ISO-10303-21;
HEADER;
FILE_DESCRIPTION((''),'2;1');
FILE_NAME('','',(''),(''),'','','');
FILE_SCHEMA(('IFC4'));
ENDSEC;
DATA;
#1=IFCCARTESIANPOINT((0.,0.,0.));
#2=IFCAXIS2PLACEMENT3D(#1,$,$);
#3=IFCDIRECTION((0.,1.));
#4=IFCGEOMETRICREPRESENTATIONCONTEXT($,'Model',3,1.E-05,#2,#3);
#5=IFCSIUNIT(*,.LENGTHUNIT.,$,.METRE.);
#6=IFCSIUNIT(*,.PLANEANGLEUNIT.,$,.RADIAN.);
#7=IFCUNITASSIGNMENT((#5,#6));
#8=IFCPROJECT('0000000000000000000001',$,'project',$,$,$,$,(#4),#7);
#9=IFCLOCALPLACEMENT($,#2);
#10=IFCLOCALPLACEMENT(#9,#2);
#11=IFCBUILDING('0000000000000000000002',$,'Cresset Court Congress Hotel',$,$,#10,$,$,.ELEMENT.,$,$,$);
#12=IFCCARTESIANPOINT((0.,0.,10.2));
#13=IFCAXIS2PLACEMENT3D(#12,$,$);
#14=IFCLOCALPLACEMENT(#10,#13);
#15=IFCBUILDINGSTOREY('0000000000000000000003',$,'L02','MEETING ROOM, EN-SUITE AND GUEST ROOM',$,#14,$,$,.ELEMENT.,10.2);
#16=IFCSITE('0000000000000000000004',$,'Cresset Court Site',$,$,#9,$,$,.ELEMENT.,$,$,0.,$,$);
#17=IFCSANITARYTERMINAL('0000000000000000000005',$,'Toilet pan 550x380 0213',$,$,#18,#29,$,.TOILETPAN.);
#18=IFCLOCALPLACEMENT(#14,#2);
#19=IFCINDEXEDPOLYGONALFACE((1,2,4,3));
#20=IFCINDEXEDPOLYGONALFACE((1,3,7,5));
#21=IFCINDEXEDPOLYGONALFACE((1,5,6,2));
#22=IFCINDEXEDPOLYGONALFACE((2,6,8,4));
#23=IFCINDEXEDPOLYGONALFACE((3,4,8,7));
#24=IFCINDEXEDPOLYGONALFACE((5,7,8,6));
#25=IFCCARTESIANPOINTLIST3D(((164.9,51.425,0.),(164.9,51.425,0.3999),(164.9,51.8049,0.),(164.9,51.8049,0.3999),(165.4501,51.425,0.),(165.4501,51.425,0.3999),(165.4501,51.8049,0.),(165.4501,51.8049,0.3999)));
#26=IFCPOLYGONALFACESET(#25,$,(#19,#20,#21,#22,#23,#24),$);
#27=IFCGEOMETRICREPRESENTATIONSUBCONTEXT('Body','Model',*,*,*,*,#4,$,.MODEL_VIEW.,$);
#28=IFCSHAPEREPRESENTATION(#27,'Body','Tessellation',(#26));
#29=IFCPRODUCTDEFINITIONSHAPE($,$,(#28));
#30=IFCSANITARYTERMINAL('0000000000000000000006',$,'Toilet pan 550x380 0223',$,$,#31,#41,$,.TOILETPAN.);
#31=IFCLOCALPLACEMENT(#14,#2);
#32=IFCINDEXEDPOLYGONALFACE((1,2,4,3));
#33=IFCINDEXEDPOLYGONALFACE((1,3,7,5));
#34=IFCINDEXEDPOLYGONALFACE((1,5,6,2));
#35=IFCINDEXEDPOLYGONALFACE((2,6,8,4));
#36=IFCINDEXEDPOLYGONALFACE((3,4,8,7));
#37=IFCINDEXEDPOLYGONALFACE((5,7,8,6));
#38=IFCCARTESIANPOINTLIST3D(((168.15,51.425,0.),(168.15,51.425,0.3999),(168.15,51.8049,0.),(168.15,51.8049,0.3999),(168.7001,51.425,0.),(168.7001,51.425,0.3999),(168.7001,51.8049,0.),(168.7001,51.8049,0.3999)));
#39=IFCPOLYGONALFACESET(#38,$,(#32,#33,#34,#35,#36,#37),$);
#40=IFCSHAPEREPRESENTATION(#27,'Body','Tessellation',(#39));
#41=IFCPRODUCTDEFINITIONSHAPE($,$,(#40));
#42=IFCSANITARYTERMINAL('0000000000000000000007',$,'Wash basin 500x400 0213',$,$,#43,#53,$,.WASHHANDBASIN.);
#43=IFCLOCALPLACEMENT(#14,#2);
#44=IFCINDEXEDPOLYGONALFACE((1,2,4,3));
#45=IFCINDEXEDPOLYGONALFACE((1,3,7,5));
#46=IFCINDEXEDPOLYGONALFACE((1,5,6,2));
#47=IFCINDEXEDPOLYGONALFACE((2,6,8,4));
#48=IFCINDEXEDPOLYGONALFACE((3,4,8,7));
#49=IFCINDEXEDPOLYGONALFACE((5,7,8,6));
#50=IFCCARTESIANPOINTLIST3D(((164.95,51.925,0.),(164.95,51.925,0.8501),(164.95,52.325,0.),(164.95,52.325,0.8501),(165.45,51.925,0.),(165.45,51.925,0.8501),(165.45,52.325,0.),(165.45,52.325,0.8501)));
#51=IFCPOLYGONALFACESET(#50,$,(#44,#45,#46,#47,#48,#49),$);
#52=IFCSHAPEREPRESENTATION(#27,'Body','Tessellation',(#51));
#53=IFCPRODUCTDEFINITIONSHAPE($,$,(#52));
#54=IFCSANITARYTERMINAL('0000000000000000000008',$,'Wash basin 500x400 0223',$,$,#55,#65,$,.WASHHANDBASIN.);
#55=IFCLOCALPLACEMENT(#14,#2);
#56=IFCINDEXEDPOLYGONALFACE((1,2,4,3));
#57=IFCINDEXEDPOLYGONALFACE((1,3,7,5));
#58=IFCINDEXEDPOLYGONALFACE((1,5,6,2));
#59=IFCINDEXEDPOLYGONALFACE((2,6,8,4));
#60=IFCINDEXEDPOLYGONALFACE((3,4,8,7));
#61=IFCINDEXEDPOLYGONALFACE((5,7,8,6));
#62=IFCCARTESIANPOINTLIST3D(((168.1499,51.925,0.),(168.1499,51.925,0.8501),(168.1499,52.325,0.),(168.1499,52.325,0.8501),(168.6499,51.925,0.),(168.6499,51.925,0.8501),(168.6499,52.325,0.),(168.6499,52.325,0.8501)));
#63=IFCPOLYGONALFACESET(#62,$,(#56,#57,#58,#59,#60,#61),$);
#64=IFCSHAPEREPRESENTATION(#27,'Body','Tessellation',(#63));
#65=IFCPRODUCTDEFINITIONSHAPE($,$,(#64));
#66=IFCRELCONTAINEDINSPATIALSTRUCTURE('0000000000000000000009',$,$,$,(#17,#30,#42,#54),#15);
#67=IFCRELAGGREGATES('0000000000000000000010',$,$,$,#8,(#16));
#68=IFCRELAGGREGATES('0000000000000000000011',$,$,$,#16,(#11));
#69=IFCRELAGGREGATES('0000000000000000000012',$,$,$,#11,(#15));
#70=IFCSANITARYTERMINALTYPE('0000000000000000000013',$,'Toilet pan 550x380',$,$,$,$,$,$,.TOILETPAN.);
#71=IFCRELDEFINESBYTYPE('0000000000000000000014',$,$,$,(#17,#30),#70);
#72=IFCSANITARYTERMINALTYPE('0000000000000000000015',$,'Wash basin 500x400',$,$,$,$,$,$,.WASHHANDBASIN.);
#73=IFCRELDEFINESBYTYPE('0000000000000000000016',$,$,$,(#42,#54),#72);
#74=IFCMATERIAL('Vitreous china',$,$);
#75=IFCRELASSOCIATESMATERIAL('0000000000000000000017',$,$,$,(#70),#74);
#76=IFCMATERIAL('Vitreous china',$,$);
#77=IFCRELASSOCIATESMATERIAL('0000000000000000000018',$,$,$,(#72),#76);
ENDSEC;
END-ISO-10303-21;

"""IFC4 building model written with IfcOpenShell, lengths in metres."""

from ifc_helpers import new_model, si_unit, direction, frame, origin, origin_2d, place, context, subcontext, project, spatial, rectangle, extrude, material, type_object, element, save


model = new_model("IFC4")

# Units and contexts
model_context = context("Model", 3, precision=1e-05, world=origin(), true_north=direction((0.0, 1.0)))
body_context = subcontext(model_context, "Body", "Model", "MODEL_VIEW")
ifc_project = project(units=[si_unit("LENGTHUNIT", "METRE"), si_unit("PLANEANGLEUNIT", "RADIAN")], contexts=[model_context])

# Site, building, storey
site_placement = place(None, origin())
site = spatial("IfcSite", under=ifc_project, at=site_placement, Name="Cresset Court Site", CompositionType="ELEMENT", RefElevation=0.0)
building_placement = place(site_placement, origin())
building = spatial("IfcBuilding", under=site, at=building_placement, Name="Cresset Court Congress Hotel", CompositionType="ELEMENT")
storey_placement = place(building_placement, frame((0.0, 0.0, 10.2)))
storey = spatial("IfcBuildingStorey", under=building, at=storey_placement, Name="L02", Description="MEETING ROOM, EN-SUITE AND GUEST ROOM", CompositionType="ELEMENT", Elevation=10.2)

# Sanitary terminals
ifc_material_1 = material(Name="Vitreous china")
sanitary_terminal_type_1 = type_object("IfcSanitaryTerminalType", Name="Toilet pan 550x380", PredefinedType="TOILETPAN", material=ifc_material_1)
for number, where, z_axis, x_axis, name in (
    (1, (165.175, 51.615, 0.0), (0.0, 0.0, 1.0), (1.0, 0.0, 0.0), "Toilet pan 550x380 0213"),
    (2, (168.425, 51.615, 0.0), (0.0, 0.0, 1.0), (1.0, 0.0, 0.0), "Toilet pan 550x380 0223"),
):
    element("IfcSanitaryTerminal", number, at=place(storey_placement, frame(where, z_axis=z_axis, x_axis=x_axis)), inside=storey, type_object=sanitary_terminal_type_1, Name=name, PredefinedType="TOILETPAN", context=body_context, shape_type="SweptSolid", body=[
        extrude(rectangle(XDim=0.55, YDim=0.3799, at=origin_2d()), origin(), (0.0, 0.0, 1.0), 0.3999),
    ])
ifc_material_2 = material(Name="Vitreous china")
sanitary_terminal_type_2 = type_object("IfcSanitaryTerminalType", Name="Wash basin 500x400", PredefinedType="WASHHANDBASIN", material=ifc_material_2)
for number, where, z_axis, x_axis, name in (
    (3, (165.2, 52.125, 0.0), (0.0, 0.0, 1.0), (1.0, 0.0, 0.0), "Wash basin 500x400 0213"),
    (4, (168.3999, 52.125, 0.0), (0.0, 0.0, 1.0), (1.0, 0.0, 0.0), "Wash basin 500x400 0223"),
):
    element("IfcSanitaryTerminal", number, at=place(storey_placement, frame(where, z_axis=z_axis, x_axis=x_axis)), inside=storey, type_object=sanitary_terminal_type_2, Name=name, PredefinedType="WASHHANDBASIN", context=body_context, shape_type="SweptSolid", body=[
        extrude(rectangle(XDim=0.5, YDim=0.3999, at=origin_2d()), origin(), (0.0, 0.0, 1.0), 0.8501),
    ])

save(model, "model.ifc")
